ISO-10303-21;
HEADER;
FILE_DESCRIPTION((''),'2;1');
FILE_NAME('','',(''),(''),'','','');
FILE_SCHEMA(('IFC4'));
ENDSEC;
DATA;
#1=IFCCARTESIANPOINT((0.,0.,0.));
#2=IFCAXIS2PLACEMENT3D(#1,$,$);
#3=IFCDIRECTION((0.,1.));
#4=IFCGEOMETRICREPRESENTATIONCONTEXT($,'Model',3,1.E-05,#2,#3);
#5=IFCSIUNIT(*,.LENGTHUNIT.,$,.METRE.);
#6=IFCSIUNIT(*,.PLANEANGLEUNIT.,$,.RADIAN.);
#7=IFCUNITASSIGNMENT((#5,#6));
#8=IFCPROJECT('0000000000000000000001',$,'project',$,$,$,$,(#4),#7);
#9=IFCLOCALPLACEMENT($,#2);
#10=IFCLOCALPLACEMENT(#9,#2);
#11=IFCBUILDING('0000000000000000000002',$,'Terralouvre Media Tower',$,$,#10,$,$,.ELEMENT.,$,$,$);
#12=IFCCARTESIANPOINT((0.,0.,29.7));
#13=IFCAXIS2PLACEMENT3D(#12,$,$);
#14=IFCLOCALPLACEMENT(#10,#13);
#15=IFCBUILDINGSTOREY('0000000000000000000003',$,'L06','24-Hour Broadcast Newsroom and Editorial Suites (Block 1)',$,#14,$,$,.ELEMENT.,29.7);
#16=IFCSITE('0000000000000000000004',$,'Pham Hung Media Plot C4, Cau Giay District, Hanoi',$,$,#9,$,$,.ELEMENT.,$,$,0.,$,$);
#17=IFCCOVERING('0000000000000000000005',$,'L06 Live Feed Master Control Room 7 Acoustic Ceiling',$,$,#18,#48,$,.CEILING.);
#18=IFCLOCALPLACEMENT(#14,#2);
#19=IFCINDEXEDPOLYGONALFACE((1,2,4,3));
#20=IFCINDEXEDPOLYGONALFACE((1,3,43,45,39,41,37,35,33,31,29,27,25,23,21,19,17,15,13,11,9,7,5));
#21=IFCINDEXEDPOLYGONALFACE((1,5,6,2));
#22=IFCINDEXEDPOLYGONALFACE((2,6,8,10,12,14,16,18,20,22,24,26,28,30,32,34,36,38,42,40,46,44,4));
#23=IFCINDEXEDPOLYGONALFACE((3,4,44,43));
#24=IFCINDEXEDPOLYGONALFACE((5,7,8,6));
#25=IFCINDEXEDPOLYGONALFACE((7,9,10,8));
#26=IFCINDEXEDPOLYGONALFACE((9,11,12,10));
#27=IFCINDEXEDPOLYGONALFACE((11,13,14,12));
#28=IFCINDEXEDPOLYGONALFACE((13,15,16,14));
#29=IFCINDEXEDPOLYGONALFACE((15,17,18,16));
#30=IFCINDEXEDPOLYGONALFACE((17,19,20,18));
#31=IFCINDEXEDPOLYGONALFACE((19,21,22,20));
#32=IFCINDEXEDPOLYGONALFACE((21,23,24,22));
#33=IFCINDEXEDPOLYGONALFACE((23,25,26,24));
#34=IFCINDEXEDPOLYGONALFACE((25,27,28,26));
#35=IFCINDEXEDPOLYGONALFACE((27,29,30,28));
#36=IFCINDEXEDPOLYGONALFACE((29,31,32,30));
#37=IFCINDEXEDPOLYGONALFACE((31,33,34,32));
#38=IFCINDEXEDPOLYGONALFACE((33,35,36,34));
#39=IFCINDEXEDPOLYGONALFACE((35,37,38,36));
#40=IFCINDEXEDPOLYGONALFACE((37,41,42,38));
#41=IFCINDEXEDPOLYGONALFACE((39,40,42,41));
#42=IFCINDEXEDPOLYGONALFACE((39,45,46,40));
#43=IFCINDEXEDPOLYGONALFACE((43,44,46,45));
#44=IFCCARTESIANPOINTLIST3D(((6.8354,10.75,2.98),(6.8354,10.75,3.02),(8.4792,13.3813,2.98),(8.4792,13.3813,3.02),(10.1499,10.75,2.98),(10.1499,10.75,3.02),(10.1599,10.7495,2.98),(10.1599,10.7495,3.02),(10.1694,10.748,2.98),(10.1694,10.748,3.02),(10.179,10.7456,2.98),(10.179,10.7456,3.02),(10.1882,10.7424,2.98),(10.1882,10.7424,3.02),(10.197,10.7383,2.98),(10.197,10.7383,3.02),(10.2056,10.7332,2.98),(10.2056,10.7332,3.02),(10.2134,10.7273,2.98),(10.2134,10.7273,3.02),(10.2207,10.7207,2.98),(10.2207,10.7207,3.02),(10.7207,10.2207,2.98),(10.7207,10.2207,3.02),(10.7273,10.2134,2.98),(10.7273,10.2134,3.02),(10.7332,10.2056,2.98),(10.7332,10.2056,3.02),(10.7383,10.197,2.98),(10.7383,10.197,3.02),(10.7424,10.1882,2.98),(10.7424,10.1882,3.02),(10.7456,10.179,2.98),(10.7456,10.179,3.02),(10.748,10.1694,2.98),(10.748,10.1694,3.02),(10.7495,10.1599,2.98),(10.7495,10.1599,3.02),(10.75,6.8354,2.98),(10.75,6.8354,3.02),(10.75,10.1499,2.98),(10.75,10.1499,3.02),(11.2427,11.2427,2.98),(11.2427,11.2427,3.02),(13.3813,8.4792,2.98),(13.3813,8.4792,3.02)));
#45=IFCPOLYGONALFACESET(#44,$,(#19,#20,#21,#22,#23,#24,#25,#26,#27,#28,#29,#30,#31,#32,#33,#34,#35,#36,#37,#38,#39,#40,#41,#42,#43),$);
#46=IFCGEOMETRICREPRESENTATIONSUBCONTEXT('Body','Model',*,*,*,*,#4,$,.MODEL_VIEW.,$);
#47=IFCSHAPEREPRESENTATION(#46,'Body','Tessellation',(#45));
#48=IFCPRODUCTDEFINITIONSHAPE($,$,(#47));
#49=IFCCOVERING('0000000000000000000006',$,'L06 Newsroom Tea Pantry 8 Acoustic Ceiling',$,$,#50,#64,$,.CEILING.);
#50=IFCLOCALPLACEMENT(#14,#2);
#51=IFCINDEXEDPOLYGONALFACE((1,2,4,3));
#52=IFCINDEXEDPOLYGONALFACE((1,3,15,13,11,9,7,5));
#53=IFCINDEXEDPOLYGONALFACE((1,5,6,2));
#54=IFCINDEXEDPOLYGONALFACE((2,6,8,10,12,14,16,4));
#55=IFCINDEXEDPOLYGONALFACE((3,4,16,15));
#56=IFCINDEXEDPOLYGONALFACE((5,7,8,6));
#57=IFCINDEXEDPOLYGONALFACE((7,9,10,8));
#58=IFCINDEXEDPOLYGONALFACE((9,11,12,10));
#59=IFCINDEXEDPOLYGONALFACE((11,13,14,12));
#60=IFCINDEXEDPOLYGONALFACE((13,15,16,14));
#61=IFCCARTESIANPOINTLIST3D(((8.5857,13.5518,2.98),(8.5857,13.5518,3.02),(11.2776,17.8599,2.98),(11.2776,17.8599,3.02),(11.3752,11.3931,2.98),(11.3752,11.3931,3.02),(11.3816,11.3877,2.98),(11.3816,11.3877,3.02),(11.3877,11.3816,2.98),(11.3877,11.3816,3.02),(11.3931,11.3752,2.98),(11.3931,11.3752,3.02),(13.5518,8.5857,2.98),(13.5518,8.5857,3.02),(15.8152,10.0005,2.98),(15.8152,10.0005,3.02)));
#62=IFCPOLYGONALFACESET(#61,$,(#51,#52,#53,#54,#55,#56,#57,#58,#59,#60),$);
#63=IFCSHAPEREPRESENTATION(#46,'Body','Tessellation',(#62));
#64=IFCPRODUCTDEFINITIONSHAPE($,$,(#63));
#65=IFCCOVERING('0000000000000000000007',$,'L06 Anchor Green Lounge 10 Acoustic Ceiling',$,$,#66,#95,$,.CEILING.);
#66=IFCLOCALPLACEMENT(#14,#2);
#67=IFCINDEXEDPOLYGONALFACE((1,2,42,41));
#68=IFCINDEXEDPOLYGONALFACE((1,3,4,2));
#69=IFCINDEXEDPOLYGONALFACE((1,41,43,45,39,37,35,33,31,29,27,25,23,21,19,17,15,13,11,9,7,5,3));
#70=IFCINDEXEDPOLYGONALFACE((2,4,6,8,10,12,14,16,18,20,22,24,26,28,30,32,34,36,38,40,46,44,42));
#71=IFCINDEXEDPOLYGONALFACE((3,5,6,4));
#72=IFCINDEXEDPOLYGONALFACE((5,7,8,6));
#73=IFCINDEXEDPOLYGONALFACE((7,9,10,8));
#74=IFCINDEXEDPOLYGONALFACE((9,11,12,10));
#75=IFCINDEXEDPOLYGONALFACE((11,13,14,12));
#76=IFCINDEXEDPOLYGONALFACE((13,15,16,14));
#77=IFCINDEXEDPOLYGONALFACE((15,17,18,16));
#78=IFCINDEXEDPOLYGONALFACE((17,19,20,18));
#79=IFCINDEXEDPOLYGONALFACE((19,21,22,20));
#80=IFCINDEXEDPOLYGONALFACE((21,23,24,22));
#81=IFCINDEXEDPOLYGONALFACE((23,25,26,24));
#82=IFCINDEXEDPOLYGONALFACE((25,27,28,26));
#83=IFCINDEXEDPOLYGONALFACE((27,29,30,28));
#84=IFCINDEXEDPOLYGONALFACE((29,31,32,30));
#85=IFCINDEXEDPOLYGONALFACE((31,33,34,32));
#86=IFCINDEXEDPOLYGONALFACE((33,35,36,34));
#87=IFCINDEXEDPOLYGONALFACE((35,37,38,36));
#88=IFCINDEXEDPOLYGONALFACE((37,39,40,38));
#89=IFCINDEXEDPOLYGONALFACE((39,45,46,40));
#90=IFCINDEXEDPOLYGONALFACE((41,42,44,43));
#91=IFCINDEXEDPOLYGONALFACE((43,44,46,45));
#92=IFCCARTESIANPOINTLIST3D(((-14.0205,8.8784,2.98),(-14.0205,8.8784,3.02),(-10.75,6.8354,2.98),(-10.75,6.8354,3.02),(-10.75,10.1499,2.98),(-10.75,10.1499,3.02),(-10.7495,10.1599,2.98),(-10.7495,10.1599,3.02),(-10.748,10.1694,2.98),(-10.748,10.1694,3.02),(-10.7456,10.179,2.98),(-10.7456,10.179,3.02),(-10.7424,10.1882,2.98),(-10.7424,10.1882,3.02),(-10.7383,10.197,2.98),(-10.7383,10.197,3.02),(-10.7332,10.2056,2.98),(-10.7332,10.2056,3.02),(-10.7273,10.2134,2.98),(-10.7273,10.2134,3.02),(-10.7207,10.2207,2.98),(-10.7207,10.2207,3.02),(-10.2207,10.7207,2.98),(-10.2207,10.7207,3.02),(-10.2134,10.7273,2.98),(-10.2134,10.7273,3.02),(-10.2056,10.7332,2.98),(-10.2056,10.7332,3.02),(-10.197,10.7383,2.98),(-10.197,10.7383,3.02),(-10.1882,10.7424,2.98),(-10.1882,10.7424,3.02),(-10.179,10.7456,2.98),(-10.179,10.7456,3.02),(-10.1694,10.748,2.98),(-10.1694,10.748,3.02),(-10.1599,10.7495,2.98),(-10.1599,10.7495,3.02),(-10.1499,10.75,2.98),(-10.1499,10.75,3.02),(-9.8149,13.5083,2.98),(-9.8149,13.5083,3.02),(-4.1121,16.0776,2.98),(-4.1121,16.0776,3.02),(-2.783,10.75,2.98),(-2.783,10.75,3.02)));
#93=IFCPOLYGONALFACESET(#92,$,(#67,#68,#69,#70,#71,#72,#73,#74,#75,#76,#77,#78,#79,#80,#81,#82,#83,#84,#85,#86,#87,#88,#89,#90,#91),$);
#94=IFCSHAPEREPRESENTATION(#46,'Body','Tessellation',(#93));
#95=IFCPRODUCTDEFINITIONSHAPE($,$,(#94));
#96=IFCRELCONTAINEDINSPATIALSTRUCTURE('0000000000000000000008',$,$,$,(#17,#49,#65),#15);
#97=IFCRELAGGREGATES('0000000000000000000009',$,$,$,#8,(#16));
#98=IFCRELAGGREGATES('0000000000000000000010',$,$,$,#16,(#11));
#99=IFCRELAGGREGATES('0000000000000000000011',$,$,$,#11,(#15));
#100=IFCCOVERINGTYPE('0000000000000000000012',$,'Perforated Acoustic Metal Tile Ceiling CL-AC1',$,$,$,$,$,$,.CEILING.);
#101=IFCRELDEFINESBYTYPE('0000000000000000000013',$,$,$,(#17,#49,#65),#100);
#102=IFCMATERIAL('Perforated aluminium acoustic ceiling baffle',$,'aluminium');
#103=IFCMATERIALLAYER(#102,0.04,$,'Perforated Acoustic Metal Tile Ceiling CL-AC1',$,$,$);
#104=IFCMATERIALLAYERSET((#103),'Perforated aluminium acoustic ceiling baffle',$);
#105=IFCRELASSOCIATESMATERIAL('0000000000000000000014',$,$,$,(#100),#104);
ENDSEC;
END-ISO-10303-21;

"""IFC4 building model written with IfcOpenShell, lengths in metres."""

from ifc_helpers import new_model, si_unit, direction, frame, origin, place, context, subcontext, project, spatial, polyline, outline, extrude, material, layer, layer_set, type_object, element, save


model = new_model("IFC4")

# Units and contexts
model_context = context("Model", 3, precision=1e-05, world=origin(), true_north=direction((0.0, 1.0)))
body_context = subcontext(model_context, "Body", "Model", "MODEL_VIEW")
ifc_project = project(units=[si_unit("LENGTHUNIT", "METRE"), si_unit("PLANEANGLEUNIT", "RADIAN")], contexts=[model_context])

# Site, building, storey
site_placement = place(None, origin())
site = spatial("IfcSite", under=ifc_project, at=site_placement, Name="Pham Hung Media Plot C4, Cau Giay District, Hanoi", CompositionType="ELEMENT", RefElevation=0.0)
building_placement = place(site_placement, origin())
building = spatial("IfcBuilding", under=site, at=building_placement, Name="Terralouvre Media Tower", CompositionType="ELEMENT")
storey_placement = place(building_placement, frame((0.0, 0.0, 29.7)))
storey = spatial("IfcBuildingStorey", under=building, at=storey_placement, Name="L06", Description="24-Hour Broadcast Newsroom and Editorial Suites (Block 1)", CompositionType="ELEMENT", Elevation=29.7)

# Coverings
ifc_material_1 = material(Name="Perforated aluminium acoustic ceiling baffle", Category="aluminium")
ifc_layer_1 = layer(ifc_material_1, 0.04, Name="Perforated Acoustic Metal Tile Ceiling CL-AC1")
ifc_layer_set_1 = layer_set([ifc_layer_1], Name="Perforated aluminium acoustic ceiling baffle")
covering_type_1 = type_object("IfcCoveringType", Name="Perforated Acoustic Metal Tile Ceiling CL-AC1", PredefinedType="CEILING", material=ifc_layer_set_1)
covering_1_placement = place(storey_placement, frame((0.0, 0.0, 2.98)))
element("IfcCovering", 1, at=covering_1_placement, inside=storey, type_object=covering_type_1, Name="L06 Live Feed Master Control Room 7 Acoustic Ceiling", PredefinedType="CEILING", context=body_context, shape_type="SweptSolid", body=[
    extrude(outline(polyline([(11.2427, 11.2427), (8.4792, 13.3813), (6.8354, 10.75), (10.1499, 10.75), (10.1599, 10.7495), (10.1694, 10.748), (10.179, 10.7456), (10.1882, 10.7424), (10.197, 10.7383), (10.2056, 10.7332), (10.2134, 10.7273), (10.2207, 10.7207), (10.7207, 10.2207), (10.7273, 10.2134), (10.7332, 10.2056), (10.7383, 10.197), (10.7424, 10.1882), (10.7456, 10.179), (10.748, 10.1694), (10.7495, 10.1599), (10.75, 10.1499), (10.75, 6.8354), (13.3813, 8.4792), (11.2427, 11.2427)])), origin(), (0.0, 0.0, 1.0), 0.04),
])
covering_2_placement = place(storey_placement, frame((0.0, 0.0, 2.98)))
element("IfcCovering", 2, at=covering_2_placement, inside=storey, type_object=covering_type_1, Name="L06 Newsroom Tea Pantry 8 Acoustic Ceiling", PredefinedType="CEILING", context=body_context, shape_type="SweptSolid", body=[
    extrude(outline(polyline([(11.3752, 11.3931), (11.3816, 11.3877), (11.3877, 11.3816), (11.3931, 11.3752), (13.5518, 8.5857), (15.8152, 10.0005), (11.2776, 17.8599), (8.5857, 13.5518), (11.3752, 11.3931)])), origin(), (0.0, 0.0, 1.0), 0.04),
])
covering_3_placement = place(storey_placement, frame((0.0, 0.0, 2.98)))
element("IfcCovering", 3, at=covering_3_placement, inside=storey, type_object=covering_type_1, Name="L06 Anchor Green Lounge 10 Acoustic Ceiling", PredefinedType="CEILING", context=body_context, shape_type="SweptSolid", body=[
    extrude(outline(polyline([(-9.8149, 13.5083), (-14.0205, 8.8784), (-10.75, 6.8354), (-10.75, 10.1499), (-10.7495, 10.1599), (-10.748, 10.1694), (-10.7456, 10.179), (-10.7424, 10.1882), (-10.7383, 10.197), (-10.7332, 10.2056), (-10.7273, 10.2134), (-10.7207, 10.2207), (-10.2207, 10.7207), (-10.2134, 10.7273), (-10.2056, 10.7332), (-10.197, 10.7383), (-10.1882, 10.7424), (-10.179, 10.7456), (-10.1694, 10.748), (-10.1599, 10.7495), (-10.1499, 10.75), (-2.783, 10.75), (-4.1121, 16.0776), (-9.8149, 13.5083)])), origin(), (0.0, 0.0, 1.0), 0.04),
])

save(model, "model.ifc")
